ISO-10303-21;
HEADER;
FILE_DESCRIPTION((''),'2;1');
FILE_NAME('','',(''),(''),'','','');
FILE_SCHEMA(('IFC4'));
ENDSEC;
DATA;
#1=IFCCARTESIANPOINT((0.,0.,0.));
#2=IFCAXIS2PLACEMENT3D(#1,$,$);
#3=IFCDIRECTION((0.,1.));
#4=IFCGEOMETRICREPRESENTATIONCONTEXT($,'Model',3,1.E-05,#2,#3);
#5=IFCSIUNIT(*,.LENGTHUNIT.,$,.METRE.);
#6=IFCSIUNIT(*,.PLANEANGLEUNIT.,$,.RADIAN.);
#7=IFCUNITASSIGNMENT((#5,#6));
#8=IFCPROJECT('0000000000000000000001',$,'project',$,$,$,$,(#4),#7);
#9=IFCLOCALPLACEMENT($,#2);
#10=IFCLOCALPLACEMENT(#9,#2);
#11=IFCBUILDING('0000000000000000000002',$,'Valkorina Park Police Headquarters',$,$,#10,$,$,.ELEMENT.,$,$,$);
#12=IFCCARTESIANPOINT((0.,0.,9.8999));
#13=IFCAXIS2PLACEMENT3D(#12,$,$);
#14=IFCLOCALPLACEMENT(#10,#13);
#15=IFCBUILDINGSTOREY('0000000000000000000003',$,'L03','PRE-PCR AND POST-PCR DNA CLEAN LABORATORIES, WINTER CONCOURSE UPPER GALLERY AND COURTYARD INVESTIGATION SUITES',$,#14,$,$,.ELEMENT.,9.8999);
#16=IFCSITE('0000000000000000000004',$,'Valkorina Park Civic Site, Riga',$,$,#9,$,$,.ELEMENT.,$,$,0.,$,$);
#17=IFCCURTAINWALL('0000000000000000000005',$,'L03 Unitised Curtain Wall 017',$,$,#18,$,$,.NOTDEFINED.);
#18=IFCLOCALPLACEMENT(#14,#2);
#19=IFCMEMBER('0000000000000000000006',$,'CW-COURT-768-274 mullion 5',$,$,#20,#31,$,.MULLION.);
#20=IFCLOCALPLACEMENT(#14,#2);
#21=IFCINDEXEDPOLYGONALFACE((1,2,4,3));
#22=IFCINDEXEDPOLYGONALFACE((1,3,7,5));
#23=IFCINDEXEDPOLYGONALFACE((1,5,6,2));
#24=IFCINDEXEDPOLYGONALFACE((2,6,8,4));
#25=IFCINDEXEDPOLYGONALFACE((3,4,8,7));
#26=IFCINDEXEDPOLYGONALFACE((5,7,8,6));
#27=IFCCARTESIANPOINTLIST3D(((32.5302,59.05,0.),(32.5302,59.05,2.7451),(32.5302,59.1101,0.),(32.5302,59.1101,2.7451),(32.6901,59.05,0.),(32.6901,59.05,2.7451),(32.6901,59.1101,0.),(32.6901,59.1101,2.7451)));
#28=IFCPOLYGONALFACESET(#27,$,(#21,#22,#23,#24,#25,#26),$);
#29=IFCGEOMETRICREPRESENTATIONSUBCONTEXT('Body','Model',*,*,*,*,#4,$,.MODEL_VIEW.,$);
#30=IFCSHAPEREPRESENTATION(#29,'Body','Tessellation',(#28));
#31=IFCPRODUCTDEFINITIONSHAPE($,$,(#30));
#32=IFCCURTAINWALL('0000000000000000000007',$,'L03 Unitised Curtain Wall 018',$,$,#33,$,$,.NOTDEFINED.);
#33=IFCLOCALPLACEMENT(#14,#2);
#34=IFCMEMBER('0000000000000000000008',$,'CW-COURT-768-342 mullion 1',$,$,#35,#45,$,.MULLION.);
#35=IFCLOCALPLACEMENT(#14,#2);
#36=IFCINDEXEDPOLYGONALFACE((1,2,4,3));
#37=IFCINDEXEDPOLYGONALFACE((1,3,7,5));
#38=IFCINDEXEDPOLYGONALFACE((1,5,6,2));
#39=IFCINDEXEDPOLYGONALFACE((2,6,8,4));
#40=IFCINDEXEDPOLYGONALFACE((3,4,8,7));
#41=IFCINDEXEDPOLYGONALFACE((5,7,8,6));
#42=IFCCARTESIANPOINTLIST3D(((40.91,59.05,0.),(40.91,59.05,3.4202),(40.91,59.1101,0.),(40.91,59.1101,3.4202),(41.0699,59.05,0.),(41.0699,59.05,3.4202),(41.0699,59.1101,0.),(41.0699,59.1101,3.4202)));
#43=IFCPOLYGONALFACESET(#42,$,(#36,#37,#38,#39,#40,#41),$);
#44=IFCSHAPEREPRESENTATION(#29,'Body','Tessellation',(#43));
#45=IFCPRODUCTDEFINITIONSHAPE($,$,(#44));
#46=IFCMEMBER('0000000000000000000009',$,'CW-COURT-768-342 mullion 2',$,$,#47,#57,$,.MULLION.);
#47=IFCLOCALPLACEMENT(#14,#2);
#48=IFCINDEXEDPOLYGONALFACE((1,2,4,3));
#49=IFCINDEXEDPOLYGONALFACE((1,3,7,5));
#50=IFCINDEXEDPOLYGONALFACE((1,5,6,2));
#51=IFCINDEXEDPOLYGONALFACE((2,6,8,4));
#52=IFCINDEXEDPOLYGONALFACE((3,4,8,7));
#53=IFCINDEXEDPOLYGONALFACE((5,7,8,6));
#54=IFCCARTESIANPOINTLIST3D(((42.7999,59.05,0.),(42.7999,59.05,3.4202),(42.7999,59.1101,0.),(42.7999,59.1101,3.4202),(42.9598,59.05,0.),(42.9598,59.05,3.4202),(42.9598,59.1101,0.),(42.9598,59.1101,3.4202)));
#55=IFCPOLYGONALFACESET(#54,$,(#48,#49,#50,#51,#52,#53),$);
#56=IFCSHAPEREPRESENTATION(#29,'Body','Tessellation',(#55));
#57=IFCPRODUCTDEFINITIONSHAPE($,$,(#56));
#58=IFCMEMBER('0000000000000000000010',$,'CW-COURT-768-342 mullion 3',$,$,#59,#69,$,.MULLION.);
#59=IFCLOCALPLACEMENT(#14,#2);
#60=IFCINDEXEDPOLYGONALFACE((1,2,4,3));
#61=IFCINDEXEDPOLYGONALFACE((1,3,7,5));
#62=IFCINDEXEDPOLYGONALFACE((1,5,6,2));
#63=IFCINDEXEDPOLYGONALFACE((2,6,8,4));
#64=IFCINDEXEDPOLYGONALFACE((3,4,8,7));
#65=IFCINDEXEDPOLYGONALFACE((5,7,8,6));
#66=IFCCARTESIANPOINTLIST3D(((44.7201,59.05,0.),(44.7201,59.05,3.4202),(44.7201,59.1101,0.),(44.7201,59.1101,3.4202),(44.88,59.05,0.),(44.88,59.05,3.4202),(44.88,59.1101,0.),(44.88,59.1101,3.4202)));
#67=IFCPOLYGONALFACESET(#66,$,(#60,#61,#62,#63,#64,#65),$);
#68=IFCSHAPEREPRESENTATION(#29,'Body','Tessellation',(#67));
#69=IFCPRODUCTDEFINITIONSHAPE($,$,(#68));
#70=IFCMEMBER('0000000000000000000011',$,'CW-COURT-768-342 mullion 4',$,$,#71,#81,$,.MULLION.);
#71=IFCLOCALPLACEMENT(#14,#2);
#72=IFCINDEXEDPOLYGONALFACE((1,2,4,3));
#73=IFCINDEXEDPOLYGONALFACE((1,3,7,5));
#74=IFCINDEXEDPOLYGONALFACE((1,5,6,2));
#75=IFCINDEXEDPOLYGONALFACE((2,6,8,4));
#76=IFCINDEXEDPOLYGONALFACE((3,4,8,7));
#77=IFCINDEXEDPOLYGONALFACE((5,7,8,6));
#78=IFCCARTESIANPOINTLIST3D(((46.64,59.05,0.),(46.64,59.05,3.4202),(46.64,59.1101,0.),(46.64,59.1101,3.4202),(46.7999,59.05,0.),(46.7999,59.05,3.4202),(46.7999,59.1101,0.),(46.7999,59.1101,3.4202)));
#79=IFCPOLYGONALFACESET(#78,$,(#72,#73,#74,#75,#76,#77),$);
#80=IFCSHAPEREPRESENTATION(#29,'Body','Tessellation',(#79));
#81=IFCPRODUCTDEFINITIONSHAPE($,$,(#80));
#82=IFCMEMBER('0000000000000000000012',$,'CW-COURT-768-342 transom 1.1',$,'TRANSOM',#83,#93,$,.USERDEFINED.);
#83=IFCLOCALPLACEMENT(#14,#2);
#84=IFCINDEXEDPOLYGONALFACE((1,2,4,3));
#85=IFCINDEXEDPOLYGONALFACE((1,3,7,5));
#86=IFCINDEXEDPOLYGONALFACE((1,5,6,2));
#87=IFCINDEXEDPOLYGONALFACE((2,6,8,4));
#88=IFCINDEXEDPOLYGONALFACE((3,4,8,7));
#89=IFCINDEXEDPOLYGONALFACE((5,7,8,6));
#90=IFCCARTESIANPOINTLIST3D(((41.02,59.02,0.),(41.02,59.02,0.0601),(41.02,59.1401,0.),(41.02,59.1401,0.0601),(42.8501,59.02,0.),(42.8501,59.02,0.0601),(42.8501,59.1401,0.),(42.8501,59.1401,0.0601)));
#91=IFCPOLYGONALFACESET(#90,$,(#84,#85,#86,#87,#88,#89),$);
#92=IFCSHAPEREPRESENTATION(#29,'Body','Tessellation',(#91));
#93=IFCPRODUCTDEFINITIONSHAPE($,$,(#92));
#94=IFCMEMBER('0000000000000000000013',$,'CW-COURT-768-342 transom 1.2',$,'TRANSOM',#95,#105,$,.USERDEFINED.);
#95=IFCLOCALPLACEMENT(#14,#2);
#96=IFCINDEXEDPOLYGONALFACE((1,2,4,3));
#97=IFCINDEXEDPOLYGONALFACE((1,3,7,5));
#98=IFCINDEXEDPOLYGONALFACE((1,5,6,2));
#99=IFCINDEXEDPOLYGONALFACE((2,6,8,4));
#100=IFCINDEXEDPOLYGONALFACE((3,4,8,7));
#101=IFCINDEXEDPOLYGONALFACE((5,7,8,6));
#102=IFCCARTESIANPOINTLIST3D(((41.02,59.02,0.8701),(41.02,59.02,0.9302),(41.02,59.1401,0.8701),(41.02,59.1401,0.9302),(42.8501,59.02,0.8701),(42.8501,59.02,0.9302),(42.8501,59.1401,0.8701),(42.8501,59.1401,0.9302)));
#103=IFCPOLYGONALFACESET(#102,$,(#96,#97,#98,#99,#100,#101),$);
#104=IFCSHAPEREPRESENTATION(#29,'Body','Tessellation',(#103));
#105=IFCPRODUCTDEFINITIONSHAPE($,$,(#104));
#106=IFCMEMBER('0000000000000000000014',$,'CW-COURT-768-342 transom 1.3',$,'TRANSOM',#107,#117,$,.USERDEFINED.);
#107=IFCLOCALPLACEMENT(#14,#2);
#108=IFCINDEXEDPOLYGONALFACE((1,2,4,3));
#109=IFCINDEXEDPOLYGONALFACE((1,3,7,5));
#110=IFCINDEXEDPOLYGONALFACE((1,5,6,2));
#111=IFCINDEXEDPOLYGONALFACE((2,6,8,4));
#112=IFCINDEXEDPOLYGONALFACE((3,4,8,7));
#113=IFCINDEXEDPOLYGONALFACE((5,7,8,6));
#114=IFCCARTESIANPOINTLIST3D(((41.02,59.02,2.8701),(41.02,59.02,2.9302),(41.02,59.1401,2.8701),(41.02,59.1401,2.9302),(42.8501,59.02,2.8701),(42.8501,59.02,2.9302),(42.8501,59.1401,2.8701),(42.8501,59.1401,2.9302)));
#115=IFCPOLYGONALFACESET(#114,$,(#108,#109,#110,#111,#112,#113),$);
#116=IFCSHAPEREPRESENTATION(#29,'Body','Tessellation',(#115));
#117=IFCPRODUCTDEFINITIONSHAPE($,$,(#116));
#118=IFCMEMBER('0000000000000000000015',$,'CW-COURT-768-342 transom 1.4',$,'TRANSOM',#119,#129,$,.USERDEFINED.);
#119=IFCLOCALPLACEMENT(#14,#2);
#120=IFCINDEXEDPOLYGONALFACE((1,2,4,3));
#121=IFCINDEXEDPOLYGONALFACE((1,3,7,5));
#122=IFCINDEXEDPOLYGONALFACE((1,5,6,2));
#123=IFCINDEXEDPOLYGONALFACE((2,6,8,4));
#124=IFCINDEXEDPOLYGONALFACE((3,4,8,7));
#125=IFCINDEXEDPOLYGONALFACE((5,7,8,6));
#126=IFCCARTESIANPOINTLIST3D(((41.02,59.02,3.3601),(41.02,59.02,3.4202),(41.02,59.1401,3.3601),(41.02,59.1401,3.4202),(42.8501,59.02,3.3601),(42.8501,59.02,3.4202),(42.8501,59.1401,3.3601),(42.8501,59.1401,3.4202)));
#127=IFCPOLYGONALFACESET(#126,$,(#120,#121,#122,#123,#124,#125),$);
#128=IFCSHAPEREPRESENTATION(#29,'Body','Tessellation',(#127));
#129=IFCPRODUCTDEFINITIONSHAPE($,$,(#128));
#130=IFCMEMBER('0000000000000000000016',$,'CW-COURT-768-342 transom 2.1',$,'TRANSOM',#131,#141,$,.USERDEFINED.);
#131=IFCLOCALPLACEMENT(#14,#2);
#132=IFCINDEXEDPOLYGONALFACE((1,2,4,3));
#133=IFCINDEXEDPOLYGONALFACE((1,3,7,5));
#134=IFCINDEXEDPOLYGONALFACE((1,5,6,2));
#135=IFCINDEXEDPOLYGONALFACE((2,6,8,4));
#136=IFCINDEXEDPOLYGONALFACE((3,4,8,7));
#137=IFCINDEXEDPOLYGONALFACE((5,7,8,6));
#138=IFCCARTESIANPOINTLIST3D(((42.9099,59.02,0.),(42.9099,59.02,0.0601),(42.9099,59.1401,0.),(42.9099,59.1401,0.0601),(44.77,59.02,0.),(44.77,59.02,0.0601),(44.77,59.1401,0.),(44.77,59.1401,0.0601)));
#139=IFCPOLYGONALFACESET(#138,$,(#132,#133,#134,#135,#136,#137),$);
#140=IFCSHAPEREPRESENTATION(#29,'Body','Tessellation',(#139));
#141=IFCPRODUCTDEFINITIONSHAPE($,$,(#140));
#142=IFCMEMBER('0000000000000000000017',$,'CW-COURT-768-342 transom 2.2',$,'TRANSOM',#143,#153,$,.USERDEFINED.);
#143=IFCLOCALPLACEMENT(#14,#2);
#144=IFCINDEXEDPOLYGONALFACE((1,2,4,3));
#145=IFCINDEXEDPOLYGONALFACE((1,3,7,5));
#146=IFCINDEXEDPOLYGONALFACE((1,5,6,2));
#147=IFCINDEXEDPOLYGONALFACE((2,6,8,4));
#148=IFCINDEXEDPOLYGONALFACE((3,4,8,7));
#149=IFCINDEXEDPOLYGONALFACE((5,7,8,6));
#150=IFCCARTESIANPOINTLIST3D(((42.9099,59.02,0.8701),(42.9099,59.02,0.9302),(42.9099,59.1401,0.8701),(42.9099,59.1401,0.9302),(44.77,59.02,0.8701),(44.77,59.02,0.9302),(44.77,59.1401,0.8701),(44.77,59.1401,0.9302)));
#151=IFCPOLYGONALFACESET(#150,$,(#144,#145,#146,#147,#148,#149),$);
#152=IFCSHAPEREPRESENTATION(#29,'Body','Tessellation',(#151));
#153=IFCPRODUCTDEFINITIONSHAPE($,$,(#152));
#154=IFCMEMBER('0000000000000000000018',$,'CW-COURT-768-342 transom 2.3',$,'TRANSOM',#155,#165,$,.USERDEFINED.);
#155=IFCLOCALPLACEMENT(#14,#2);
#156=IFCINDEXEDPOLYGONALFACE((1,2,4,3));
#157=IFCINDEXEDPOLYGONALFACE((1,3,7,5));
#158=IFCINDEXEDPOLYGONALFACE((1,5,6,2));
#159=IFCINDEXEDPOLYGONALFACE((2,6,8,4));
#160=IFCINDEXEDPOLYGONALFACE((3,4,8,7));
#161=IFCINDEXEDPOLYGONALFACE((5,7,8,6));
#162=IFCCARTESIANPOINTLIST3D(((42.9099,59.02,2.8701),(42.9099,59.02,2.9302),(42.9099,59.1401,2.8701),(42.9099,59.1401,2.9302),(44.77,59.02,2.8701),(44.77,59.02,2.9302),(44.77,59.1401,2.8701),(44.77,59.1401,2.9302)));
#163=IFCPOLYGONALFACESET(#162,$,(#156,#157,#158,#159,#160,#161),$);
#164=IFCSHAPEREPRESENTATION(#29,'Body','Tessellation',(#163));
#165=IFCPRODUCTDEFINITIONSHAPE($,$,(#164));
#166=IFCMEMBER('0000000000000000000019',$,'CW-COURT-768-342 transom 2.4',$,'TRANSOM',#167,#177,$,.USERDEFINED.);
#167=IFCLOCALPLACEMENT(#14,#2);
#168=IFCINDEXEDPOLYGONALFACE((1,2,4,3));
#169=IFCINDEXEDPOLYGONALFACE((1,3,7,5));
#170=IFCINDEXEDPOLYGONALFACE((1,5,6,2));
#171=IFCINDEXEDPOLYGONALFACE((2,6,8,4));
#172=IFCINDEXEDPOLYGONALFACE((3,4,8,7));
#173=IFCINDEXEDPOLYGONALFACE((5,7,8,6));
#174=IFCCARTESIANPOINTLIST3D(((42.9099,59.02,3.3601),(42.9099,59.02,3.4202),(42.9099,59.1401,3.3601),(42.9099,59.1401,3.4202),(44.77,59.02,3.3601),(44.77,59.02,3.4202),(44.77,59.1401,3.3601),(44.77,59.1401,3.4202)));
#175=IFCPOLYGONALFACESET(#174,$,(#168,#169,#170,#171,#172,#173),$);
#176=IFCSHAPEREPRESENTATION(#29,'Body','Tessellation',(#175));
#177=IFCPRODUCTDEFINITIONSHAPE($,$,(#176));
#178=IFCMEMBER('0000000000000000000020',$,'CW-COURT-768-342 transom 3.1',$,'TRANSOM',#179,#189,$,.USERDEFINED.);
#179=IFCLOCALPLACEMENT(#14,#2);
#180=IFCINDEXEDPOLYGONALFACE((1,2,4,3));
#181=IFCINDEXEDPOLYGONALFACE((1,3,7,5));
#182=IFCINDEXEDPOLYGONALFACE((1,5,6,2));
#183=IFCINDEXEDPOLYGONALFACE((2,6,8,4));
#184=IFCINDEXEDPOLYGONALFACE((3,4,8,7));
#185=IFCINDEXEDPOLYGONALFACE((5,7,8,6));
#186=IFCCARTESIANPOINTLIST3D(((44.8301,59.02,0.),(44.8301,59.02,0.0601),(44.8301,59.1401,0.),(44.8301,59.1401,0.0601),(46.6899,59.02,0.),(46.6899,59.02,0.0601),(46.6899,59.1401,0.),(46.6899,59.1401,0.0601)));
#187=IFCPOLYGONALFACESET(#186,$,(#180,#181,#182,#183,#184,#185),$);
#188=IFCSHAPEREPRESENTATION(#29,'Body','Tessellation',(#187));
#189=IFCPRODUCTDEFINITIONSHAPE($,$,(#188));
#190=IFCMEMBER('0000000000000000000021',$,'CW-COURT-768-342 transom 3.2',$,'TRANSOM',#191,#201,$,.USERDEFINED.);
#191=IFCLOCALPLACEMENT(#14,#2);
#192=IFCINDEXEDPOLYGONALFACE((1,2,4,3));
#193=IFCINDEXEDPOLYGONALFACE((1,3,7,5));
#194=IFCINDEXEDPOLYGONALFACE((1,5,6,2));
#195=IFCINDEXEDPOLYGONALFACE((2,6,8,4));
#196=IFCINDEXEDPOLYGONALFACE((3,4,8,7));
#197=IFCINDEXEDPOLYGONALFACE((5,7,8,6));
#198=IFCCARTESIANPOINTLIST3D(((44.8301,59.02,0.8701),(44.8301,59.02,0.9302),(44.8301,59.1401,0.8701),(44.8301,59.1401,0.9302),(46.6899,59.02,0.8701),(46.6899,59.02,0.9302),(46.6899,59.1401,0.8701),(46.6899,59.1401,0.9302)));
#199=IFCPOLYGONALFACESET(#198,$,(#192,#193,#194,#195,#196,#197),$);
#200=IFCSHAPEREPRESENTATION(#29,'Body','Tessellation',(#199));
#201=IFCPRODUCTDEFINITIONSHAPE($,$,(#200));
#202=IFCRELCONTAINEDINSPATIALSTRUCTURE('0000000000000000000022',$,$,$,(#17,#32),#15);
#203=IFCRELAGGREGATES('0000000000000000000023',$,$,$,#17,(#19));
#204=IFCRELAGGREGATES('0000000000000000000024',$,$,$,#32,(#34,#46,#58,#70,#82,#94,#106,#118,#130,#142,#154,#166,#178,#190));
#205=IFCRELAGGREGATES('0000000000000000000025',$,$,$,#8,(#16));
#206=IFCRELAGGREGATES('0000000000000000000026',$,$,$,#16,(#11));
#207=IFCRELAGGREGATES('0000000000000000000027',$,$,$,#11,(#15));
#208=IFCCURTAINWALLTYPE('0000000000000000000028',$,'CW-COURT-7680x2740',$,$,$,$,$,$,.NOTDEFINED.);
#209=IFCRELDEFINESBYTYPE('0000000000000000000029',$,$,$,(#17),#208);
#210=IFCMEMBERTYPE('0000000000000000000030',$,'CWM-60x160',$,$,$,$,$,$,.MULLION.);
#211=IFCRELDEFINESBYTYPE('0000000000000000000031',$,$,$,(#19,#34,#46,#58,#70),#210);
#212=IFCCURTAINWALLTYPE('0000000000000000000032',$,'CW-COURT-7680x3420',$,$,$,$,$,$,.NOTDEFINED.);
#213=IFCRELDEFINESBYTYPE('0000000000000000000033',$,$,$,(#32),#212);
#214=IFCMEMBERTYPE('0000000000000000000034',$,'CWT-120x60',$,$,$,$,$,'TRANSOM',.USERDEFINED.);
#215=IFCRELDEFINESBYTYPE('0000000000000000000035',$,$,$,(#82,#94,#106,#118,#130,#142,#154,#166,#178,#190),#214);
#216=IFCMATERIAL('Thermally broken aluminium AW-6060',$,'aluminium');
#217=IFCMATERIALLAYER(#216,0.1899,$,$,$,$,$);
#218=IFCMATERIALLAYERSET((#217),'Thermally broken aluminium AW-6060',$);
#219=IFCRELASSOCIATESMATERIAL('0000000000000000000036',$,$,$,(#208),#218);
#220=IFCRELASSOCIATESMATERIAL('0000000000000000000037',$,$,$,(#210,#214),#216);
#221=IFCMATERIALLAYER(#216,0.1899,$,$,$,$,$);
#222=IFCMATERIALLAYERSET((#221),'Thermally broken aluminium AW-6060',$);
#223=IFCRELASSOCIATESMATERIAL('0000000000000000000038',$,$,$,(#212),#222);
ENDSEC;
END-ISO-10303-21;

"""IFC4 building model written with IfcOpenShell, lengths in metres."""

from ifc_helpers import new_model, si_unit, direction, frame, origin, origin_2d, place, context, subcontext, project, spatial, rectangle, extrude, material, layer, layer_set, material_profile, profile_set, type_object, element, aggregate, save


model = new_model("IFC4")

# Units and contexts
model_context = context("Model", 3, precision=1e-05, world=origin(), true_north=direction((0.0, 1.0)))
body_context = subcontext(model_context, "Body", "Model", "MODEL_VIEW")
ifc_project = project(units=[si_unit("LENGTHUNIT", "METRE"), si_unit("PLANEANGLEUNIT", "RADIAN")], contexts=[model_context])

# Site, building, storey
site_placement = place(None, origin())
site = spatial("IfcSite", under=ifc_project, at=site_placement, Name="Valkorina Park Civic Site, Riga", CompositionType="ELEMENT", RefElevation=0.0)
building_placement = place(site_placement, origin())
building = spatial("IfcBuilding", under=site, at=building_placement, Name="Valkorina Park Police Headquarters", CompositionType="ELEMENT")
storey_placement = place(building_placement, frame((0.0, 0.0, 9.8999)))
storey = spatial("IfcBuildingStorey", under=building, at=storey_placement, Name="L03", Description="PRE-PCR AND POST-PCR DNA CLEAN LABORATORIES, WINTER CONCOURSE UPPER GALLERY AND COURTYARD INVESTIGATION SUITES", CompositionType="ELEMENT", Elevation=9.8999)

# Curtain wall, member
ifc_material_1 = material(Name="Thermally broken aluminium AW-6060", Category="aluminium")
ifc_layer_1 = layer(ifc_material_1, 0.1899)
ifc_layer_set_1 = layer_set([ifc_layer_1], Name="Thermally broken aluminium AW-6060")
curtain_wall_type_1 = type_object("IfcCurtainWallType", Name="CW-COURT-7680x2740", PredefinedType="NOTDEFINED", material=ifc_layer_set_1)
curtain_wall_1_placement = place(storey_placement, origin())
curtain_wall_1 = element("IfcCurtainWall", 1, at=curtain_wall_1_placement, inside=storey, type_object=curtain_wall_type_1, Name="L03 Unitised Curtain Wall 017", PredefinedType="NOTDEFINED")
ifc_material_profile_1 = material_profile(ifc_material_1, rectangle(XDim=0.0601, YDim=0.1599, at=origin_2d()), Name="CWM-01 60x160")
ifc_profile_set_1 = profile_set([ifc_material_profile_1], Name="Thermally broken aluminium AW-6060")
member_type_1 = type_object("IfcMemberType", Name="CWM-60x160", PredefinedType="MULLION", material=ifc_profile_set_1)
member_1_placement = place(storey_placement, frame((32.6101, 59.0801, 0.0), z_axis=(0.0, 0.0, 1.0), x_axis=(0.0, 1.0, 0.0)))
member_1 = element("IfcMember", 2, at=member_1_placement, type_object=member_type_1, Name="CW-COURT-768-274 mullion 5", PredefinedType="MULLION", context=body_context, shape_type="SweptSolid", body=[
    extrude(rectangle(XDim=0.0601, YDim=0.1599, at=origin_2d()), origin(), (0.0, 0.0, 1.0), 2.7451),
])
aggregate(curtain_wall_1, [member_1])

# Curtain wall, members
ifc_layer_2 = layer(ifc_material_1, 0.1899)
ifc_layer_set_2 = layer_set([ifc_layer_2], Name="Thermally broken aluminium AW-6060")
curtain_wall_type_2 = type_object("IfcCurtainWallType", Name="CW-COURT-7680x3420", PredefinedType="NOTDEFINED", material=ifc_layer_set_2)
curtain_wall_2_placement = place(storey_placement, origin())
curtain_wall_2 = element("IfcCurtainWall", 3, at=curtain_wall_2_placement, inside=storey, type_object=curtain_wall_type_2, Name="L03 Unitised Curtain Wall 018", PredefinedType="NOTDEFINED")
member_2_placement = place(storey_placement, frame((40.99, 59.0801, 0.0), z_axis=(0.0, 0.0, 1.0), x_axis=(0.0, 1.0, 0.0)))
member_2 = element("IfcMember", 4, at=member_2_placement, type_object=member_type_1, Name="CW-COURT-768-342 mullion 1", PredefinedType="MULLION", context=body_context, shape_type="SweptSolid", body=[
    extrude(rectangle(XDim=0.0601, YDim=0.1599, at=origin_2d()), origin(), (0.0, 0.0, 1.0), 3.4202),
])
member_3_placement = place(storey_placement, frame((42.8799, 59.0801, 0.0), z_axis=(0.0, 0.0, 1.0), x_axis=(0.0, 1.0, 0.0)))
member_3 = element("IfcMember", 5, at=member_3_placement, type_object=member_type_1, Name="CW-COURT-768-342 mullion 2", PredefinedType="MULLION", context=body_context, shape_type="SweptSolid", body=[
    extrude(rectangle(XDim=0.0601, YDim=0.1599, at=origin_2d()), origin(), (0.0, 0.0, 1.0), 3.4202),
])
member_4_placement = place(storey_placement, frame((44.8, 59.0801, 0.0), z_axis=(0.0, 0.0, 1.0), x_axis=(0.0, 1.0, 0.0)))
member_4 = element("IfcMember", 6, at=member_4_placement, type_object=member_type_1, Name="CW-COURT-768-342 mullion 3", PredefinedType="MULLION", context=body_context, shape_type="SweptSolid", body=[
    extrude(rectangle(XDim=0.0601, YDim=0.1599, at=origin_2d()), origin(), (0.0, 0.0, 1.0), 3.4202),
])
member_5_placement = place(storey_placement, frame((46.72, 59.0801, 0.0), z_axis=(0.0, 0.0, 1.0), x_axis=(0.0, 1.0, 0.0)))
member_5 = element("IfcMember", 7, at=member_5_placement, type_object=member_type_1, Name="CW-COURT-768-342 mullion 4", PredefinedType="MULLION", context=body_context, shape_type="SweptSolid", body=[
    extrude(rectangle(XDim=0.0601, YDim=0.1599, at=origin_2d()), origin(), (0.0, 0.0, 1.0), 3.4202),
])
ifc_material_profile_2 = material_profile(ifc_material_1, rectangle(XDim=0.1201, YDim=0.0601, at=origin_2d()), Name="CWT-01 120x60")
ifc_profile_set_2 = profile_set([ifc_material_profile_2], Name="Thermally broken aluminium AW-6060")
member_type_2 = type_object("IfcMemberType", Name="CWT-120x60", ElementType="TRANSOM", PredefinedType="USERDEFINED", material=ifc_profile_set_2)
member_6_placement = place(storey_placement, frame((41.02, 59.0801, 0.03), z_axis=(1.0, 0.0, 0.0), x_axis=(0.0, 1.0, 0.0)))
member_6 = element("IfcMember", 8, at=member_6_placement, type_object=member_type_2, Name="CW-COURT-768-342 transom 1.1", ObjectType="TRANSOM", PredefinedType="USERDEFINED", context=body_context, shape_type="SweptSolid", body=[
    extrude(rectangle(XDim=0.1201, YDim=0.0601, at=origin_2d()), origin(), (0.0, 0.0, 1.0), 1.8301),
])
member_7_placement = place(storey_placement, frame((41.02, 59.0801, 0.9001), z_axis=(1.0, 0.0, 0.0), x_axis=(0.0, 1.0, 0.0)))
member_7 = element("IfcMember", 9, at=member_7_placement, type_object=member_type_2, Name="CW-COURT-768-342 transom 1.2", ObjectType="TRANSOM", PredefinedType="USERDEFINED", context=body_context, shape_type="SweptSolid", body=[
    extrude(rectangle(XDim=0.1201, YDim=0.0601, at=origin_2d()), origin(), (0.0, 0.0, 1.0), 1.8301),
])
member_8_placement = place(storey_placement, frame((41.02, 59.0801, 2.9001), z_axis=(1.0, 0.0, 0.0), x_axis=(0.0, 1.0, 0.0)))
member_8 = element("IfcMember", 10, at=member_8_placement, type_object=member_type_2, Name="CW-COURT-768-342 transom 1.3", ObjectType="TRANSOM", PredefinedType="USERDEFINED", context=body_context, shape_type="SweptSolid", body=[
    extrude(rectangle(XDim=0.1201, YDim=0.0601, at=origin_2d()), origin(), (0.0, 0.0, 1.0), 1.8301),
])
member_9_placement = place(storey_placement, frame((41.02, 59.0801, 3.3901), z_axis=(1.0, 0.0, 0.0), x_axis=(0.0, 1.0, 0.0)))
member_9 = element("IfcMember", 11, at=member_9_placement, type_object=member_type_2, Name="CW-COURT-768-342 transom 1.4", ObjectType="TRANSOM", PredefinedType="USERDEFINED", context=body_context, shape_type="SweptSolid", body=[
    extrude(rectangle(XDim=0.1201, YDim=0.0601, at=origin_2d()), origin(), (0.0, 0.0, 1.0), 1.8301),
])
member_10_placement = place(storey_placement, frame((42.9099, 59.0801, 0.03), z_axis=(1.0, 0.0, 0.0), x_axis=(0.0, 1.0, 0.0)))
member_10 = element("IfcMember", 12, at=member_10_placement, type_object=member_type_2, Name="CW-COURT-768-342 transom 2.1", ObjectType="TRANSOM", PredefinedType="USERDEFINED", context=body_context, shape_type="SweptSolid", body=[
    extrude(rectangle(XDim=0.1201, YDim=0.0601, at=origin_2d()), origin(), (0.0, 0.0, 1.0), 1.8601),
])
member_11_placement = place(storey_placement, frame((42.9099, 59.0801, 0.9001), z_axis=(1.0, 0.0, 0.0), x_axis=(0.0, 1.0, 0.0)))
member_11 = element("IfcMember", 13, at=member_11_placement, type_object=member_type_2, Name="CW-COURT-768-342 transom 2.2", ObjectType="TRANSOM", PredefinedType="USERDEFINED", context=body_context, shape_type="SweptSolid", body=[
    extrude(rectangle(XDim=0.1201, YDim=0.0601, at=origin_2d()), origin(), (0.0, 0.0, 1.0), 1.8601),
])
member_12_placement = place(storey_placement, frame((42.9099, 59.0801, 2.9001), z_axis=(1.0, 0.0, 0.0), x_axis=(0.0, 1.0, 0.0)))
member_12 = element("IfcMember", 14, at=member_12_placement, type_object=member_type_2, Name="CW-COURT-768-342 transom 2.3", ObjectType="TRANSOM", PredefinedType="USERDEFINED", context=body_context, shape_type="SweptSolid", body=[
    extrude(rectangle(XDim=0.1201, YDim=0.0601, at=origin_2d()), origin(), (0.0, 0.0, 1.0), 1.8601),
])
member_13_placement = place(storey_placement, frame((42.9099, 59.0801, 3.3901), z_axis=(1.0, 0.0, 0.0), x_axis=(0.0, 1.0, 0.0)))
member_13 = element("IfcMember", 15, at=member_13_placement, type_object=member_type_2, Name="CW-COURT-768-342 transom 2.4", ObjectType="TRANSOM", PredefinedType="USERDEFINED", context=body_context, shape_type="SweptSolid", body=[
    extrude(rectangle(XDim=0.1201, YDim=0.0601, at=origin_2d()), origin(), (0.0, 0.0, 1.0), 1.8601),
])
member_14_placement = place(storey_placement, frame((44.8301, 59.0801, 0.03), z_axis=(1.0, 0.0, 0.0), x_axis=(0.0, 1.0, 0.0)))
member_14 = element("IfcMember", 16, at=member_14_placement, type_object=member_type_2, Name="CW-COURT-768-342 transom 3.1", ObjectType="TRANSOM", PredefinedType="USERDEFINED", context=body_context, shape_type="SweptSolid", body=[
    extrude(rectangle(XDim=0.1201, YDim=0.0601, at=origin_2d()), origin(), (0.0, 0.0, 1.0), 1.8599),
])
member_15_placement = place(storey_placement, frame((44.8301, 59.0801, 0.9001), z_axis=(1.0, 0.0, 0.0), x_axis=(0.0, 1.0, 0.0)))
member_15 = element("IfcMember", 17, at=member_15_placement, type_object=member_type_2, Name="CW-COURT-768-342 transom 3.2", ObjectType="TRANSOM", PredefinedType="USERDEFINED", context=body_context, shape_type="SweptSolid", body=[
    extrude(rectangle(XDim=0.1201, YDim=0.0601, at=origin_2d()), origin(), (0.0, 0.0, 1.0), 1.8599),
])
aggregate(curtain_wall_2, [member_2, member_3, member_4, member_5, member_6, member_7, member_8, member_9, member_10, member_11, member_12, member_13, member_14, member_15])

save(model, "model.ifc")
